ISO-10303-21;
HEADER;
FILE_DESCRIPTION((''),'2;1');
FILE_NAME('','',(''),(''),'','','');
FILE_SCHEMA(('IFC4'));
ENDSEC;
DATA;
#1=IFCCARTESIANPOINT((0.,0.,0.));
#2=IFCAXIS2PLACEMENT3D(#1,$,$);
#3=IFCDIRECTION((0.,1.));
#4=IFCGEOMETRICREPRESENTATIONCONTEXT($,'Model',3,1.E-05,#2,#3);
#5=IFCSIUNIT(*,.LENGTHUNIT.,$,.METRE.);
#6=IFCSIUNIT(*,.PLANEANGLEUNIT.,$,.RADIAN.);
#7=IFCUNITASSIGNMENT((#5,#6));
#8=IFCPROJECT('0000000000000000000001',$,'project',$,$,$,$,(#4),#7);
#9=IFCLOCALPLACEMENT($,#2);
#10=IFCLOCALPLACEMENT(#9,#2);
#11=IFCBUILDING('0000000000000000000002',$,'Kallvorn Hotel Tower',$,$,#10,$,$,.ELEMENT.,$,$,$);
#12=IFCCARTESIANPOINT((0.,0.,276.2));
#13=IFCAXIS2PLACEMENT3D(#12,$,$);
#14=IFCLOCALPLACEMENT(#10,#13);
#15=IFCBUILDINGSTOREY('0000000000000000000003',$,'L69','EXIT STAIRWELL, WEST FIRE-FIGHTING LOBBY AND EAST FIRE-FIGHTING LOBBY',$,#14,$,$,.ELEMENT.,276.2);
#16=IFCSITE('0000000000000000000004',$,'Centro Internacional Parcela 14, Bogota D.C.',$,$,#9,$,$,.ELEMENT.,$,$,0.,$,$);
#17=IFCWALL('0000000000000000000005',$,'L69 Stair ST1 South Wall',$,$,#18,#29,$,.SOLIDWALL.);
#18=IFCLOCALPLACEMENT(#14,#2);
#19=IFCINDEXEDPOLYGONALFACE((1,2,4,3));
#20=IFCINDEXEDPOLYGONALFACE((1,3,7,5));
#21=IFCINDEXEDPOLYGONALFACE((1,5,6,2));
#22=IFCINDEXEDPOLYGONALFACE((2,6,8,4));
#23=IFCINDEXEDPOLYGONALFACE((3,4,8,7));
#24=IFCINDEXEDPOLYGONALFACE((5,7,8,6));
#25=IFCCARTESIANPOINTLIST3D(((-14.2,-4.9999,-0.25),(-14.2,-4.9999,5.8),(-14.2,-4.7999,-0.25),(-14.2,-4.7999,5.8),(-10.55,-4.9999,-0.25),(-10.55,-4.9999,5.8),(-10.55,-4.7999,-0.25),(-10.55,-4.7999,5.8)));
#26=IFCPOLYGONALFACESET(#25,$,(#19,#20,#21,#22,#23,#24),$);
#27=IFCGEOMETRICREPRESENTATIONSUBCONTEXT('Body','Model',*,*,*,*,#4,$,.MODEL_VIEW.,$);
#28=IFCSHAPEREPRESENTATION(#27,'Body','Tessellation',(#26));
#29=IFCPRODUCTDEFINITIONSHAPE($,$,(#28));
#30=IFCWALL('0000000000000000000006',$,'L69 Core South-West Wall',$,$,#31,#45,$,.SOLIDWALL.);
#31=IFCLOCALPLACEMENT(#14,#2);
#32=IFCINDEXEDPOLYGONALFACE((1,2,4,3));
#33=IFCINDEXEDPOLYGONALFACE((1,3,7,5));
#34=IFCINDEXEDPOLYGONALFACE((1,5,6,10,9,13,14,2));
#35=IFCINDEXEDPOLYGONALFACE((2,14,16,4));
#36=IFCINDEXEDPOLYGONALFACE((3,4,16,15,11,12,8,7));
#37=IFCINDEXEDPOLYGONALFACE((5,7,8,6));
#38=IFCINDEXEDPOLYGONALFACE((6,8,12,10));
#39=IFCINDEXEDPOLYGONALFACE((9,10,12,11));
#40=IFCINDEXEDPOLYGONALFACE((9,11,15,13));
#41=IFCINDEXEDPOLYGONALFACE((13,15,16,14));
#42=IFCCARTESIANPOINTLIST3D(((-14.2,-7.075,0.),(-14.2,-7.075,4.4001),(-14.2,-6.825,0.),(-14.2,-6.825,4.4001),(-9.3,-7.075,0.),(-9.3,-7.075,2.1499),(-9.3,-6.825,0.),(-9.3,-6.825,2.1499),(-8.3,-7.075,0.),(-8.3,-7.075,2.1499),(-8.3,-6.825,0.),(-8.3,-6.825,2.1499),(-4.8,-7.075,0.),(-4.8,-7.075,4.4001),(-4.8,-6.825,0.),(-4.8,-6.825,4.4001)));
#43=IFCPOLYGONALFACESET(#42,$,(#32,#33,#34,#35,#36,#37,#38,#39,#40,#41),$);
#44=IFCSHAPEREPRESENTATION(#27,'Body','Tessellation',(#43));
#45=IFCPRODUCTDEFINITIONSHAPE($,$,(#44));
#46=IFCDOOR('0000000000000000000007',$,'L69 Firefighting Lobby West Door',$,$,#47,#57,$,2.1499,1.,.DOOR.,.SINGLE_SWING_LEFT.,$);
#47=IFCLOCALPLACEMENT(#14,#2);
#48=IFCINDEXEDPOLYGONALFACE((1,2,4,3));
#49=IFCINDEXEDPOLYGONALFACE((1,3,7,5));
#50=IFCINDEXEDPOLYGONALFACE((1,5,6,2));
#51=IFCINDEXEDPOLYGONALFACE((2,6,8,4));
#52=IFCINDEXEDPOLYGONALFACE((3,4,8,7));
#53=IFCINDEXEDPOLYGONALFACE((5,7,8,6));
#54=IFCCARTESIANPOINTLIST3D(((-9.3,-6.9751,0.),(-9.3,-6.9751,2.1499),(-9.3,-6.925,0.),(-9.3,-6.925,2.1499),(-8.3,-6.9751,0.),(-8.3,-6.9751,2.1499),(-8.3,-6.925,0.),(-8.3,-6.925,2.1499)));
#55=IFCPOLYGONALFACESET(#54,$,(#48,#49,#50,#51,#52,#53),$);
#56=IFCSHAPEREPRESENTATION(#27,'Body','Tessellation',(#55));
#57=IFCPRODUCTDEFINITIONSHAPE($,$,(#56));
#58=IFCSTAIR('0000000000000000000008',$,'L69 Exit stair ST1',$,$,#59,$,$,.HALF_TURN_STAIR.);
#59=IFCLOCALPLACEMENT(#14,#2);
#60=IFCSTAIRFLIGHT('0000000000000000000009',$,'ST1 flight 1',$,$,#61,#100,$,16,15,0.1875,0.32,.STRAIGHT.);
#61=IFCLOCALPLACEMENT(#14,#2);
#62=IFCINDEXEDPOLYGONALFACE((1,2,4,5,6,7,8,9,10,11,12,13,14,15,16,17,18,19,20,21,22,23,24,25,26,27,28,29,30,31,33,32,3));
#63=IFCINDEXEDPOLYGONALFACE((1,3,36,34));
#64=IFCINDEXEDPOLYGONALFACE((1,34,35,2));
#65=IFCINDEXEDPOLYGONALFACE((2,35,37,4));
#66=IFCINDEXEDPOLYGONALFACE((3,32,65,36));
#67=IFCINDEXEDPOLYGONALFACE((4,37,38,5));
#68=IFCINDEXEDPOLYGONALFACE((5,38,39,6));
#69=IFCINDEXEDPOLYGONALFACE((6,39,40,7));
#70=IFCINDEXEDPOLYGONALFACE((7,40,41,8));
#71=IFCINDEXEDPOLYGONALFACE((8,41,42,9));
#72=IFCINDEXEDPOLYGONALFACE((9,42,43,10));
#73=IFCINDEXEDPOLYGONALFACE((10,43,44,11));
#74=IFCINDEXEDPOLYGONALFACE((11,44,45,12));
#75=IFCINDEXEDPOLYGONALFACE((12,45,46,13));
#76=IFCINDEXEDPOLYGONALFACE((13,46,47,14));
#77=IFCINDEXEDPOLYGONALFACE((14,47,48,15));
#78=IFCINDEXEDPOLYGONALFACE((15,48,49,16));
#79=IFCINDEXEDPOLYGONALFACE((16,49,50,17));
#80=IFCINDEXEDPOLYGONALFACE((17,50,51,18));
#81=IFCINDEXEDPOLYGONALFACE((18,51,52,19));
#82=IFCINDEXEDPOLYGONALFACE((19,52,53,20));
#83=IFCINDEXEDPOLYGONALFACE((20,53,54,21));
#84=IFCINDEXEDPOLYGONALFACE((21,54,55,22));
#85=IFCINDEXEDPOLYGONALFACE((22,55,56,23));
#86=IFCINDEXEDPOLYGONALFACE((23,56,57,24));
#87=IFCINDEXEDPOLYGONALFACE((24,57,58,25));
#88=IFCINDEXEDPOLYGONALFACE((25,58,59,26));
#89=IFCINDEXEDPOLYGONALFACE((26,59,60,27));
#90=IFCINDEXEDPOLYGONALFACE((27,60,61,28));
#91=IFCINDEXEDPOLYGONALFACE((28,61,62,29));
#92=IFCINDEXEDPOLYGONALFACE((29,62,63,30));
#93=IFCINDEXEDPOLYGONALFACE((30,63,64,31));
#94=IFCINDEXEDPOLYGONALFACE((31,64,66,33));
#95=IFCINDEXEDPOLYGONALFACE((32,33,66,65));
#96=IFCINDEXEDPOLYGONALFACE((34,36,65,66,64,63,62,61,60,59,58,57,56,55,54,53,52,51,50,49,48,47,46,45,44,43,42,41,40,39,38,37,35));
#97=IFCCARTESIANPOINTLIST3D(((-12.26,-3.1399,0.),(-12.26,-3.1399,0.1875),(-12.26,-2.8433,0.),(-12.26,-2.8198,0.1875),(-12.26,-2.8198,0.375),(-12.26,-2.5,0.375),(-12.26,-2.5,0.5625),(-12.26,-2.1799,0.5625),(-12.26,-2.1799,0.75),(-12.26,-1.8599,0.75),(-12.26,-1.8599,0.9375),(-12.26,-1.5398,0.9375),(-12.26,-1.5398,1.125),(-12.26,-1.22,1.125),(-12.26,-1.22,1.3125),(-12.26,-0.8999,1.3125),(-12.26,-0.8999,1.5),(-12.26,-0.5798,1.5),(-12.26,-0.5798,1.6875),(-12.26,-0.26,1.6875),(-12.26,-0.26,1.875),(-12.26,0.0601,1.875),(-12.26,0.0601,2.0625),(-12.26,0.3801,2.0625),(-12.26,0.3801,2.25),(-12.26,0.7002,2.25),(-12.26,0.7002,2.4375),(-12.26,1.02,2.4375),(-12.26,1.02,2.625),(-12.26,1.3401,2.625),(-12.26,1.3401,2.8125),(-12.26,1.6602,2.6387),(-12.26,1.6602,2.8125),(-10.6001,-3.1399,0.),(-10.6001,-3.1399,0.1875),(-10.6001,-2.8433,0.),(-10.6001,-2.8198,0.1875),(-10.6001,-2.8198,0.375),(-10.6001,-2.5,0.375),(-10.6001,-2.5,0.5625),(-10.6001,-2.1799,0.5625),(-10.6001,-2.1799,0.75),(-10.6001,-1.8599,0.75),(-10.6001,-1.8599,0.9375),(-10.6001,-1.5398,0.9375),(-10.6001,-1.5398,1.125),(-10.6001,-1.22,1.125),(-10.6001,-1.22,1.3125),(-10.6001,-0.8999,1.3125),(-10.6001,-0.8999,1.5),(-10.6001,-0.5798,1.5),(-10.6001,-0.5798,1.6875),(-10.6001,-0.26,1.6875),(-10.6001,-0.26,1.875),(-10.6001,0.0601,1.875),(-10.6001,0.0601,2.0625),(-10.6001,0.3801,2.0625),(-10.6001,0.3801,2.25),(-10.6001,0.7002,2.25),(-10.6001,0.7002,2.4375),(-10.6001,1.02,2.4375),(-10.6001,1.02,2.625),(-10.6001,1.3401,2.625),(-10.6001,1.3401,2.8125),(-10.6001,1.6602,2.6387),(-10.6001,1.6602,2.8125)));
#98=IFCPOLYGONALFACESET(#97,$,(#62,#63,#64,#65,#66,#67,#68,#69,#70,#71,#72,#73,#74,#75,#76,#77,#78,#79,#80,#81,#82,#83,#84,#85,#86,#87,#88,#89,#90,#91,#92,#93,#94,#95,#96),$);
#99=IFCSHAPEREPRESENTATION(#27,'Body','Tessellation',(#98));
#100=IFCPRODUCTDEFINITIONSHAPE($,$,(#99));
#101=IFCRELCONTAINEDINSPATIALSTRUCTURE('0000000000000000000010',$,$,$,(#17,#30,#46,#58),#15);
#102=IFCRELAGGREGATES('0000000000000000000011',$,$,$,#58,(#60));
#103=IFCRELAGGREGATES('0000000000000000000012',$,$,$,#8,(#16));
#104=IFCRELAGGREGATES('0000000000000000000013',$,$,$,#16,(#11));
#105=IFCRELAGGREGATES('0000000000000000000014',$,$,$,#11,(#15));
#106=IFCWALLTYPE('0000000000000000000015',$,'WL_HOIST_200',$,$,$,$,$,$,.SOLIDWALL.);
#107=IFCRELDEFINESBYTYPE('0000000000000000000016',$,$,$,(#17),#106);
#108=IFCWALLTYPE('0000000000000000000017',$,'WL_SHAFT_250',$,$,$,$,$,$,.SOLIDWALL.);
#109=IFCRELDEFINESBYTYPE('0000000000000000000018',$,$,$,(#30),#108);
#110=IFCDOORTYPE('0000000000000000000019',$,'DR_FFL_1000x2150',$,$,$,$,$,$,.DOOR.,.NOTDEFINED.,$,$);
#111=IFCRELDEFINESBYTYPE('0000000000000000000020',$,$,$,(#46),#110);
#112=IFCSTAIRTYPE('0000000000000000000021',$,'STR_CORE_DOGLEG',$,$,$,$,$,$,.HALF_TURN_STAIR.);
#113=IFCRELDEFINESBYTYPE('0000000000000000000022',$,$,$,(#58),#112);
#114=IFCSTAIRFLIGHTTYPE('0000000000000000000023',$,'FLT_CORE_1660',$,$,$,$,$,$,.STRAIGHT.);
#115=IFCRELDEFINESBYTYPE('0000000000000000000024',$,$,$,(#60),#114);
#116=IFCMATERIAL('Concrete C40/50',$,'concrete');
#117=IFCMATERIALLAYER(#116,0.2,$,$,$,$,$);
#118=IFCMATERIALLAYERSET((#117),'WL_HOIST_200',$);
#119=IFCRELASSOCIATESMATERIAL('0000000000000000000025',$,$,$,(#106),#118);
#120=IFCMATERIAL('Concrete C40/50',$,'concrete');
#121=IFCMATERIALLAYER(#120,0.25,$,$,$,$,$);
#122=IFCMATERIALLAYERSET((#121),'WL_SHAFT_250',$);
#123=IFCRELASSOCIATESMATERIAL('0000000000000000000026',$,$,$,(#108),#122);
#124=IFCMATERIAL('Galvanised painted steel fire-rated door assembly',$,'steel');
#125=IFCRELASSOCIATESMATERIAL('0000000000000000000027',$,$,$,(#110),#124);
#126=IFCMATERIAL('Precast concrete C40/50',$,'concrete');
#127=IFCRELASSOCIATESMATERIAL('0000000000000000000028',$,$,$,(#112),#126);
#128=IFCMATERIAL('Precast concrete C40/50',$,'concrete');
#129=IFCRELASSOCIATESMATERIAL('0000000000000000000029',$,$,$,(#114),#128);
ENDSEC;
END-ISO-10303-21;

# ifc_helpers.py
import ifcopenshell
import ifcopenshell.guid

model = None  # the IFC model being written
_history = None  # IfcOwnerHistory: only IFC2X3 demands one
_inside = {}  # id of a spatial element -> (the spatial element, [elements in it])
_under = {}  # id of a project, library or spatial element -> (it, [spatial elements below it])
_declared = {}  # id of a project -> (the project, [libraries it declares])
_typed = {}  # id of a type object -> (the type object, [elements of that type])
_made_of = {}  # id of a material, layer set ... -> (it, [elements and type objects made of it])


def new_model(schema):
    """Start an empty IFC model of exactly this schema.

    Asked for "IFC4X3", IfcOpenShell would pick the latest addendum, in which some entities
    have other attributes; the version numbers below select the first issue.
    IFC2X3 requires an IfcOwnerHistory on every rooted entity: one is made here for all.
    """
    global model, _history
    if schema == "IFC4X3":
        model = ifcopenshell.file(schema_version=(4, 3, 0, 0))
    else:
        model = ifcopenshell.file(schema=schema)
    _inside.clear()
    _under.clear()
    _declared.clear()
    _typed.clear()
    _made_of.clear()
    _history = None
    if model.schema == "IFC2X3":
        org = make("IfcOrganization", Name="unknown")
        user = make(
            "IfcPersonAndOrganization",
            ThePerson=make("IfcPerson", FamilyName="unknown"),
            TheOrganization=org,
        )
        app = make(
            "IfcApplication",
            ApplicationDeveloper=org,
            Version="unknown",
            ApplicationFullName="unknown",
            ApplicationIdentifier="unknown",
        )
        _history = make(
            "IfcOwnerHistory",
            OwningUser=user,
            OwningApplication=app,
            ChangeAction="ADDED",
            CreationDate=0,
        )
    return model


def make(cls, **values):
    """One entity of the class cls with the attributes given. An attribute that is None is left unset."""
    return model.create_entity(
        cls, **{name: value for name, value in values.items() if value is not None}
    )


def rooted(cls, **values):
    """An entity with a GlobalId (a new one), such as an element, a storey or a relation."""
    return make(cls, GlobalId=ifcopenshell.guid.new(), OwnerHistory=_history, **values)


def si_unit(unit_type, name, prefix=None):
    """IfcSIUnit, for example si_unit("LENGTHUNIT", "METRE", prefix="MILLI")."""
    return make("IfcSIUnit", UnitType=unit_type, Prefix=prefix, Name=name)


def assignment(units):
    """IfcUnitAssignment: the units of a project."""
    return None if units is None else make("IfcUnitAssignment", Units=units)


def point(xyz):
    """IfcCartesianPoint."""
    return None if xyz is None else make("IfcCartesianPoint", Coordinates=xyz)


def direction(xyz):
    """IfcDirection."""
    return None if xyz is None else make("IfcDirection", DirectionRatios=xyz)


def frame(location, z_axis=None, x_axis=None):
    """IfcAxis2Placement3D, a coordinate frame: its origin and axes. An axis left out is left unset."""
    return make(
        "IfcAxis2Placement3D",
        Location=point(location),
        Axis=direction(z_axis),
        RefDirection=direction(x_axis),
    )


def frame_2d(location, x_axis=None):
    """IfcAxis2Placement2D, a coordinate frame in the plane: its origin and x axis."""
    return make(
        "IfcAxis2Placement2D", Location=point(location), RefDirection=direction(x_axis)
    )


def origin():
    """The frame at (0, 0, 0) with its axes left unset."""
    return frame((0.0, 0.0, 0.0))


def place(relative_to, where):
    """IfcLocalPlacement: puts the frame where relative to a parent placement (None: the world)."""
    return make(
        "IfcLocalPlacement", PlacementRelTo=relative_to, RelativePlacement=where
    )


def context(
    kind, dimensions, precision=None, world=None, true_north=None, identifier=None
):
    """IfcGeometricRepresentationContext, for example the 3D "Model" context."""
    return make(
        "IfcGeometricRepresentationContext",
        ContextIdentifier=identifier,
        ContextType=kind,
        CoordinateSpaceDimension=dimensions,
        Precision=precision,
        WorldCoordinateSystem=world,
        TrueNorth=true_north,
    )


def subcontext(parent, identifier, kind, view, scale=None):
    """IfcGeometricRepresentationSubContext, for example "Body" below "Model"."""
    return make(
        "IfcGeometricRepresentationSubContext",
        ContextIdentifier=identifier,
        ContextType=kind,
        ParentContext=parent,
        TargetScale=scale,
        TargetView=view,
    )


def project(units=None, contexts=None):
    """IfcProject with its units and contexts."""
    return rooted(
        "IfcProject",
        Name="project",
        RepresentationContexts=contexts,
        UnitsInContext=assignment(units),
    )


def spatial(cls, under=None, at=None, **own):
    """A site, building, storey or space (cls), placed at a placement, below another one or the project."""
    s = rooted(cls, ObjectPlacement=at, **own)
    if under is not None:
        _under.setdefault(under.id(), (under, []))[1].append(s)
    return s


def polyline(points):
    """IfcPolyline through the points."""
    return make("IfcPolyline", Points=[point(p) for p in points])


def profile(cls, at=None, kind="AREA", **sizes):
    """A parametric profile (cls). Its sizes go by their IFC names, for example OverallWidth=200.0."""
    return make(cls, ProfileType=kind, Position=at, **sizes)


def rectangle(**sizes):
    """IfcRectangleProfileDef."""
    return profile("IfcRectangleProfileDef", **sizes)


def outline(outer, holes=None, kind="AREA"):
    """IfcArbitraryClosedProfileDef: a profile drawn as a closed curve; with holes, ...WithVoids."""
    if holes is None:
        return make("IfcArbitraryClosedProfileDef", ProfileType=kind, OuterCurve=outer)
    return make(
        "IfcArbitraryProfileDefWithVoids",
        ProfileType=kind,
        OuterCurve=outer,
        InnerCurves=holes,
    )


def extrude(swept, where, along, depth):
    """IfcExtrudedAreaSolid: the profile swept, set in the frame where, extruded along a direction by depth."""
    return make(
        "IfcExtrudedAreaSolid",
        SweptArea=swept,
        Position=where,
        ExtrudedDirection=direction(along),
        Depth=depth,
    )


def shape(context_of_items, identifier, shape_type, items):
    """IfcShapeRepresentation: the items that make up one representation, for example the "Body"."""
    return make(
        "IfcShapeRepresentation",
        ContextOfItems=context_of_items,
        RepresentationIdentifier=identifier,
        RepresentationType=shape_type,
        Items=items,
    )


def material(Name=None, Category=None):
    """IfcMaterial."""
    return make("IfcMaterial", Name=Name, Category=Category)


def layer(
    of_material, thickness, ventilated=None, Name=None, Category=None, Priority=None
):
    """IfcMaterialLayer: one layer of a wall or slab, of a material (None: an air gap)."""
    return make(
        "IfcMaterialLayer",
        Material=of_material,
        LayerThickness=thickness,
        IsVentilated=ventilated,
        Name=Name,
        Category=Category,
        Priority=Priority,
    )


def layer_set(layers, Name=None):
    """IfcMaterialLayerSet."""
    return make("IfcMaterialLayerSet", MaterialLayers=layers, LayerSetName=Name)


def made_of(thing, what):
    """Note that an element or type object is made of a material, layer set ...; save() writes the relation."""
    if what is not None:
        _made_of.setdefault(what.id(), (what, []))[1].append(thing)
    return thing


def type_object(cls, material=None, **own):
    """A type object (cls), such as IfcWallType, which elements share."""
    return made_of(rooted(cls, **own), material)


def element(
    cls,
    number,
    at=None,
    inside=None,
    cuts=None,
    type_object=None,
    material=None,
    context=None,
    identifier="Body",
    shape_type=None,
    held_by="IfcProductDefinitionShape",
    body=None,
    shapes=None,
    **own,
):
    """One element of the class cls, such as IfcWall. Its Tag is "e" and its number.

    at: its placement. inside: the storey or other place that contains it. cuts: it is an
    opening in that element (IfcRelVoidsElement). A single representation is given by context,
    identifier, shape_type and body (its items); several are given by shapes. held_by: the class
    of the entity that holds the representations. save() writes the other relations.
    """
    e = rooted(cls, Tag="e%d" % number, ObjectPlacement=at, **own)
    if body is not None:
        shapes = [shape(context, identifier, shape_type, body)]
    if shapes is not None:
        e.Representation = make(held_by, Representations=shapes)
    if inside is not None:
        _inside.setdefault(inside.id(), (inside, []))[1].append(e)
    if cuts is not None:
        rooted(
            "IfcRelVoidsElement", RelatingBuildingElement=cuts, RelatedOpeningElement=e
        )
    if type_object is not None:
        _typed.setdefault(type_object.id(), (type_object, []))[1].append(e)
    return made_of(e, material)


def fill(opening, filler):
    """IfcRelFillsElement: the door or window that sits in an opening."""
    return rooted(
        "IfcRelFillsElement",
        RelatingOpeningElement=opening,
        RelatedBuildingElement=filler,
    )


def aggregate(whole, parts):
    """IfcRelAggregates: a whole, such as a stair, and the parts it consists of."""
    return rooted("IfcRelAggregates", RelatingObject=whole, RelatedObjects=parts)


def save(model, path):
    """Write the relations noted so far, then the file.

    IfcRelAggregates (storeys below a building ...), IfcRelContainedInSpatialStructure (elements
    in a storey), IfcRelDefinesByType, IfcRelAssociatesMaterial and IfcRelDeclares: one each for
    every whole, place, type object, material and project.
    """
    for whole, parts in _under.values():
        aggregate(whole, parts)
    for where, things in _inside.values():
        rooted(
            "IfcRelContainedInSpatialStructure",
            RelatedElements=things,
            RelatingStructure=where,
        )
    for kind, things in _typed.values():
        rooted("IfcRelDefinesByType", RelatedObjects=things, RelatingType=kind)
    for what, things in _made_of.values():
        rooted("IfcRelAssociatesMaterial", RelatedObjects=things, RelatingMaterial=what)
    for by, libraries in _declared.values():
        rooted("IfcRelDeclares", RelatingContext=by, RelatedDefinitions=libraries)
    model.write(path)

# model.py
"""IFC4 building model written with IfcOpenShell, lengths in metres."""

from ifc_helpers import new_model, si_unit, direction, frame, frame_2d, origin, place, context, subcontext, project, spatial, polyline, rectangle, outline, extrude, material, layer, layer_set, type_object, element, fill, aggregate, save


model = new_model("IFC4")

# Units and contexts
model_context = context("Model", 3, precision=1e-05, world=origin(), true_north=direction((0.0, 1.0)))
body_context = subcontext(model_context, "Body", "Model", "MODEL_VIEW")
ifc_project = project(units=[si_unit("LENGTHUNIT", "METRE"), si_unit("PLANEANGLEUNIT", "RADIAN")], contexts=[model_context])

# Site, building, storey
site_placement = place(None, origin())
site = spatial("IfcSite", under=ifc_project, at=site_placement, Name="Centro Internacional Parcela 14, Bogota D.C.", CompositionType="ELEMENT", RefElevation=0.0)
building_placement = place(site_placement, origin())
building = spatial("IfcBuilding", under=site, at=building_placement, Name="Kallvorn Hotel Tower", CompositionType="ELEMENT")
storey_placement = place(building_placement, frame((0.0, 0.0, 276.2)))
storey = spatial("IfcBuildingStorey", under=building, at=storey_placement, Name="L69", Description="EXIT STAIRWELL, WEST FIRE-FIGHTING LOBBY AND EAST FIRE-FIGHTING LOBBY", CompositionType="ELEMENT", Elevation=276.2)

# Wall
ifc_material_1 = material(Name="Concrete C40/50", Category="concrete")
ifc_layer_1 = layer(ifc_material_1, 0.2)
ifc_layer_set_1 = layer_set([ifc_layer_1], Name="WL_HOIST_200")
wall_type_1 = type_object("IfcWallType", Name="WL_HOIST_200", PredefinedType="SOLIDWALL", material=ifc_layer_set_1)
wall_1_placement = place(storey_placement, frame((-14.2, -4.8999, -0.25), z_axis=(0.0, 0.0, 1.0), x_axis=(1.0, 0.0, 0.0)))
element("IfcWall", 1, at=wall_1_placement, inside=storey, type_object=wall_type_1, Name="L69 Stair ST1 South Wall", PredefinedType="SOLIDWALL", context=body_context, shape_type="SweptSolid", body=[
    extrude(rectangle(XDim=3.6499, YDim=0.2, at=frame_2d((1.825, 0.0))), origin(), (0.0, 0.0, 1.0), 6.05),
])

# Wall, opening, door
ifc_material_2 = material(Name="Concrete C40/50", Category="concrete")
ifc_layer_2 = layer(ifc_material_2, 0.25)
ifc_layer_set_2 = layer_set([ifc_layer_2], Name="WL_SHAFT_250")
wall_type_2 = type_object("IfcWallType", Name="WL_SHAFT_250", PredefinedType="SOLIDWALL", material=ifc_layer_set_2)
wall_2_placement = place(storey_placement, frame((-14.2, -6.95, 0.0), z_axis=(0.0, 0.0, 1.0), x_axis=(1.0, 0.0, 0.0)))
wall_2 = element("IfcWall", 2, at=wall_2_placement, inside=storey, type_object=wall_type_2, Name="L69 Core South-West Wall", PredefinedType="SOLIDWALL", context=body_context, shape_type="SweptSolid", body=[
    extrude(rectangle(XDim=9.3999, YDim=0.25, at=frame_2d((4.7, 0.0))), origin(), (0.0, 0.0, 1.0), 4.4001),
])
opening_1_placement = place(wall_2_placement, frame((4.8999, 0.0, 0.0)))
opening_1 = element("IfcOpeningElement", 3, at=opening_1_placement, cuts=wall_2, PredefinedType="OPENING", context=body_context, shape_type="SweptSolid", body=[
    extrude(rectangle(XDim=1.0, YDim=2.1499, at=frame_2d((0.5, 1.075))), frame((0.0, 0.1399, 0.0), z_axis=(0.0, -1.0, 0.0), x_axis=(1.0, 0.0, 0.0)), (0.0, 0.0, 1.0), 0.28),
])
ifc_material_3 = material(Name="Galvanised painted steel fire-rated door assembly", Category="steel")
door_type_1 = type_object("IfcDoorType", Name="DR_FFL_1000x2150", OperationType="NOTDEFINED", PredefinedType="DOOR", material=ifc_material_3)
door_1_placement = place(opening_1_placement, origin())
door_1 = element("IfcDoor", 4, at=door_1_placement, inside=storey, type_object=door_type_1, Name="L69 Firefighting Lobby West Door", OperationType="SINGLE_SWING_LEFT", OverallHeight=2.1499, OverallWidth=1.0, PredefinedType="DOOR", context=body_context, shape_type="SweptSolid", body=[
    extrude(rectangle(XDim=1.0, YDim=2.1499, at=frame_2d((0.5, 1.075))), frame((0.0, 0.0249, 0.0), z_axis=(0.0, -1.0, 0.0), x_axis=(1.0, 0.0, 0.0)), (0.0, 0.0, 1.0), 0.05),
])
fill(opening_1, door_1)

# Stair, stair flight
ifc_material_4 = material(Name="Precast concrete C40/50", Category="concrete")
stair_type = type_object("IfcStairType", Name="STR_CORE_DOGLEG", PredefinedType="HALF_TURN_STAIR", material=ifc_material_4)
stair_placement = place(storey_placement, origin())
stair = element("IfcStair", 5, at=stair_placement, inside=storey, type_object=stair_type, Name="L69 Exit stair ST1", PredefinedType="HALF_TURN_STAIR")
ifc_material_5 = material(Name="Precast concrete C40/50", Category="concrete")
stair_flight_type = type_object("IfcStairFlightType", Name="FLT_CORE_1660", PredefinedType="STRAIGHT", material=ifc_material_5)
stair_flight_placement = place(storey_placement, frame((-11.4299, -3.1399, 0.0), z_axis=(0.0, 0.0, 1.0), x_axis=(0.0, 1.0, 0.0)))
stair_flight = element("IfcStairFlight", 6, at=stair_flight_placement, type_object=stair_flight_type, Name="ST1 flight 1", NumberOfRisers=16, NumberOfTreads=15, PredefinedType="STRAIGHT", RiserHeight=0.1875, TreadLength=0.32, context=body_context, shape_type="SweptSolid", body=[
    extrude(outline(polyline([(0.0, 0.0), (0.0, 0.1875), (0.3201, 0.1875), (0.3201, 0.375), (0.6399, 0.375), (0.6399, 0.5625), (0.96, 0.5625), (0.96, 0.75), (1.28, 0.75), (1.28, 0.9375), (1.6001, 0.9375), (1.6001, 1.125), (1.9199, 1.125), (1.9199, 1.3125), (2.24, 1.3125), (2.24, 1.5), (2.5601, 1.5), (2.5601, 1.6875), (2.8799, 1.6875), (2.8799, 1.875), (3.2, 1.875), (3.2, 2.0625), (3.52, 2.0625), (3.52, 2.25), (3.8401, 2.25), (3.8401, 2.4375), (4.1599, 2.4375), (4.1599, 2.625), (4.48, 2.625), (4.48, 2.8125), (4.8, 2.8125), (4.8, 3.0), (4.8, 2.6387), (0.2966, 0.0), (0.0, 0.0)])), frame((0.0, 0.8301, 0.0), z_axis=(0.0, -1.0, 0.0), x_axis=(1.0, 0.0, 0.0)), (0.0, 0.0, 1.0), 1.6599),
])
aggregate(stair, [stair_flight])

save(model, "model.ifc")
